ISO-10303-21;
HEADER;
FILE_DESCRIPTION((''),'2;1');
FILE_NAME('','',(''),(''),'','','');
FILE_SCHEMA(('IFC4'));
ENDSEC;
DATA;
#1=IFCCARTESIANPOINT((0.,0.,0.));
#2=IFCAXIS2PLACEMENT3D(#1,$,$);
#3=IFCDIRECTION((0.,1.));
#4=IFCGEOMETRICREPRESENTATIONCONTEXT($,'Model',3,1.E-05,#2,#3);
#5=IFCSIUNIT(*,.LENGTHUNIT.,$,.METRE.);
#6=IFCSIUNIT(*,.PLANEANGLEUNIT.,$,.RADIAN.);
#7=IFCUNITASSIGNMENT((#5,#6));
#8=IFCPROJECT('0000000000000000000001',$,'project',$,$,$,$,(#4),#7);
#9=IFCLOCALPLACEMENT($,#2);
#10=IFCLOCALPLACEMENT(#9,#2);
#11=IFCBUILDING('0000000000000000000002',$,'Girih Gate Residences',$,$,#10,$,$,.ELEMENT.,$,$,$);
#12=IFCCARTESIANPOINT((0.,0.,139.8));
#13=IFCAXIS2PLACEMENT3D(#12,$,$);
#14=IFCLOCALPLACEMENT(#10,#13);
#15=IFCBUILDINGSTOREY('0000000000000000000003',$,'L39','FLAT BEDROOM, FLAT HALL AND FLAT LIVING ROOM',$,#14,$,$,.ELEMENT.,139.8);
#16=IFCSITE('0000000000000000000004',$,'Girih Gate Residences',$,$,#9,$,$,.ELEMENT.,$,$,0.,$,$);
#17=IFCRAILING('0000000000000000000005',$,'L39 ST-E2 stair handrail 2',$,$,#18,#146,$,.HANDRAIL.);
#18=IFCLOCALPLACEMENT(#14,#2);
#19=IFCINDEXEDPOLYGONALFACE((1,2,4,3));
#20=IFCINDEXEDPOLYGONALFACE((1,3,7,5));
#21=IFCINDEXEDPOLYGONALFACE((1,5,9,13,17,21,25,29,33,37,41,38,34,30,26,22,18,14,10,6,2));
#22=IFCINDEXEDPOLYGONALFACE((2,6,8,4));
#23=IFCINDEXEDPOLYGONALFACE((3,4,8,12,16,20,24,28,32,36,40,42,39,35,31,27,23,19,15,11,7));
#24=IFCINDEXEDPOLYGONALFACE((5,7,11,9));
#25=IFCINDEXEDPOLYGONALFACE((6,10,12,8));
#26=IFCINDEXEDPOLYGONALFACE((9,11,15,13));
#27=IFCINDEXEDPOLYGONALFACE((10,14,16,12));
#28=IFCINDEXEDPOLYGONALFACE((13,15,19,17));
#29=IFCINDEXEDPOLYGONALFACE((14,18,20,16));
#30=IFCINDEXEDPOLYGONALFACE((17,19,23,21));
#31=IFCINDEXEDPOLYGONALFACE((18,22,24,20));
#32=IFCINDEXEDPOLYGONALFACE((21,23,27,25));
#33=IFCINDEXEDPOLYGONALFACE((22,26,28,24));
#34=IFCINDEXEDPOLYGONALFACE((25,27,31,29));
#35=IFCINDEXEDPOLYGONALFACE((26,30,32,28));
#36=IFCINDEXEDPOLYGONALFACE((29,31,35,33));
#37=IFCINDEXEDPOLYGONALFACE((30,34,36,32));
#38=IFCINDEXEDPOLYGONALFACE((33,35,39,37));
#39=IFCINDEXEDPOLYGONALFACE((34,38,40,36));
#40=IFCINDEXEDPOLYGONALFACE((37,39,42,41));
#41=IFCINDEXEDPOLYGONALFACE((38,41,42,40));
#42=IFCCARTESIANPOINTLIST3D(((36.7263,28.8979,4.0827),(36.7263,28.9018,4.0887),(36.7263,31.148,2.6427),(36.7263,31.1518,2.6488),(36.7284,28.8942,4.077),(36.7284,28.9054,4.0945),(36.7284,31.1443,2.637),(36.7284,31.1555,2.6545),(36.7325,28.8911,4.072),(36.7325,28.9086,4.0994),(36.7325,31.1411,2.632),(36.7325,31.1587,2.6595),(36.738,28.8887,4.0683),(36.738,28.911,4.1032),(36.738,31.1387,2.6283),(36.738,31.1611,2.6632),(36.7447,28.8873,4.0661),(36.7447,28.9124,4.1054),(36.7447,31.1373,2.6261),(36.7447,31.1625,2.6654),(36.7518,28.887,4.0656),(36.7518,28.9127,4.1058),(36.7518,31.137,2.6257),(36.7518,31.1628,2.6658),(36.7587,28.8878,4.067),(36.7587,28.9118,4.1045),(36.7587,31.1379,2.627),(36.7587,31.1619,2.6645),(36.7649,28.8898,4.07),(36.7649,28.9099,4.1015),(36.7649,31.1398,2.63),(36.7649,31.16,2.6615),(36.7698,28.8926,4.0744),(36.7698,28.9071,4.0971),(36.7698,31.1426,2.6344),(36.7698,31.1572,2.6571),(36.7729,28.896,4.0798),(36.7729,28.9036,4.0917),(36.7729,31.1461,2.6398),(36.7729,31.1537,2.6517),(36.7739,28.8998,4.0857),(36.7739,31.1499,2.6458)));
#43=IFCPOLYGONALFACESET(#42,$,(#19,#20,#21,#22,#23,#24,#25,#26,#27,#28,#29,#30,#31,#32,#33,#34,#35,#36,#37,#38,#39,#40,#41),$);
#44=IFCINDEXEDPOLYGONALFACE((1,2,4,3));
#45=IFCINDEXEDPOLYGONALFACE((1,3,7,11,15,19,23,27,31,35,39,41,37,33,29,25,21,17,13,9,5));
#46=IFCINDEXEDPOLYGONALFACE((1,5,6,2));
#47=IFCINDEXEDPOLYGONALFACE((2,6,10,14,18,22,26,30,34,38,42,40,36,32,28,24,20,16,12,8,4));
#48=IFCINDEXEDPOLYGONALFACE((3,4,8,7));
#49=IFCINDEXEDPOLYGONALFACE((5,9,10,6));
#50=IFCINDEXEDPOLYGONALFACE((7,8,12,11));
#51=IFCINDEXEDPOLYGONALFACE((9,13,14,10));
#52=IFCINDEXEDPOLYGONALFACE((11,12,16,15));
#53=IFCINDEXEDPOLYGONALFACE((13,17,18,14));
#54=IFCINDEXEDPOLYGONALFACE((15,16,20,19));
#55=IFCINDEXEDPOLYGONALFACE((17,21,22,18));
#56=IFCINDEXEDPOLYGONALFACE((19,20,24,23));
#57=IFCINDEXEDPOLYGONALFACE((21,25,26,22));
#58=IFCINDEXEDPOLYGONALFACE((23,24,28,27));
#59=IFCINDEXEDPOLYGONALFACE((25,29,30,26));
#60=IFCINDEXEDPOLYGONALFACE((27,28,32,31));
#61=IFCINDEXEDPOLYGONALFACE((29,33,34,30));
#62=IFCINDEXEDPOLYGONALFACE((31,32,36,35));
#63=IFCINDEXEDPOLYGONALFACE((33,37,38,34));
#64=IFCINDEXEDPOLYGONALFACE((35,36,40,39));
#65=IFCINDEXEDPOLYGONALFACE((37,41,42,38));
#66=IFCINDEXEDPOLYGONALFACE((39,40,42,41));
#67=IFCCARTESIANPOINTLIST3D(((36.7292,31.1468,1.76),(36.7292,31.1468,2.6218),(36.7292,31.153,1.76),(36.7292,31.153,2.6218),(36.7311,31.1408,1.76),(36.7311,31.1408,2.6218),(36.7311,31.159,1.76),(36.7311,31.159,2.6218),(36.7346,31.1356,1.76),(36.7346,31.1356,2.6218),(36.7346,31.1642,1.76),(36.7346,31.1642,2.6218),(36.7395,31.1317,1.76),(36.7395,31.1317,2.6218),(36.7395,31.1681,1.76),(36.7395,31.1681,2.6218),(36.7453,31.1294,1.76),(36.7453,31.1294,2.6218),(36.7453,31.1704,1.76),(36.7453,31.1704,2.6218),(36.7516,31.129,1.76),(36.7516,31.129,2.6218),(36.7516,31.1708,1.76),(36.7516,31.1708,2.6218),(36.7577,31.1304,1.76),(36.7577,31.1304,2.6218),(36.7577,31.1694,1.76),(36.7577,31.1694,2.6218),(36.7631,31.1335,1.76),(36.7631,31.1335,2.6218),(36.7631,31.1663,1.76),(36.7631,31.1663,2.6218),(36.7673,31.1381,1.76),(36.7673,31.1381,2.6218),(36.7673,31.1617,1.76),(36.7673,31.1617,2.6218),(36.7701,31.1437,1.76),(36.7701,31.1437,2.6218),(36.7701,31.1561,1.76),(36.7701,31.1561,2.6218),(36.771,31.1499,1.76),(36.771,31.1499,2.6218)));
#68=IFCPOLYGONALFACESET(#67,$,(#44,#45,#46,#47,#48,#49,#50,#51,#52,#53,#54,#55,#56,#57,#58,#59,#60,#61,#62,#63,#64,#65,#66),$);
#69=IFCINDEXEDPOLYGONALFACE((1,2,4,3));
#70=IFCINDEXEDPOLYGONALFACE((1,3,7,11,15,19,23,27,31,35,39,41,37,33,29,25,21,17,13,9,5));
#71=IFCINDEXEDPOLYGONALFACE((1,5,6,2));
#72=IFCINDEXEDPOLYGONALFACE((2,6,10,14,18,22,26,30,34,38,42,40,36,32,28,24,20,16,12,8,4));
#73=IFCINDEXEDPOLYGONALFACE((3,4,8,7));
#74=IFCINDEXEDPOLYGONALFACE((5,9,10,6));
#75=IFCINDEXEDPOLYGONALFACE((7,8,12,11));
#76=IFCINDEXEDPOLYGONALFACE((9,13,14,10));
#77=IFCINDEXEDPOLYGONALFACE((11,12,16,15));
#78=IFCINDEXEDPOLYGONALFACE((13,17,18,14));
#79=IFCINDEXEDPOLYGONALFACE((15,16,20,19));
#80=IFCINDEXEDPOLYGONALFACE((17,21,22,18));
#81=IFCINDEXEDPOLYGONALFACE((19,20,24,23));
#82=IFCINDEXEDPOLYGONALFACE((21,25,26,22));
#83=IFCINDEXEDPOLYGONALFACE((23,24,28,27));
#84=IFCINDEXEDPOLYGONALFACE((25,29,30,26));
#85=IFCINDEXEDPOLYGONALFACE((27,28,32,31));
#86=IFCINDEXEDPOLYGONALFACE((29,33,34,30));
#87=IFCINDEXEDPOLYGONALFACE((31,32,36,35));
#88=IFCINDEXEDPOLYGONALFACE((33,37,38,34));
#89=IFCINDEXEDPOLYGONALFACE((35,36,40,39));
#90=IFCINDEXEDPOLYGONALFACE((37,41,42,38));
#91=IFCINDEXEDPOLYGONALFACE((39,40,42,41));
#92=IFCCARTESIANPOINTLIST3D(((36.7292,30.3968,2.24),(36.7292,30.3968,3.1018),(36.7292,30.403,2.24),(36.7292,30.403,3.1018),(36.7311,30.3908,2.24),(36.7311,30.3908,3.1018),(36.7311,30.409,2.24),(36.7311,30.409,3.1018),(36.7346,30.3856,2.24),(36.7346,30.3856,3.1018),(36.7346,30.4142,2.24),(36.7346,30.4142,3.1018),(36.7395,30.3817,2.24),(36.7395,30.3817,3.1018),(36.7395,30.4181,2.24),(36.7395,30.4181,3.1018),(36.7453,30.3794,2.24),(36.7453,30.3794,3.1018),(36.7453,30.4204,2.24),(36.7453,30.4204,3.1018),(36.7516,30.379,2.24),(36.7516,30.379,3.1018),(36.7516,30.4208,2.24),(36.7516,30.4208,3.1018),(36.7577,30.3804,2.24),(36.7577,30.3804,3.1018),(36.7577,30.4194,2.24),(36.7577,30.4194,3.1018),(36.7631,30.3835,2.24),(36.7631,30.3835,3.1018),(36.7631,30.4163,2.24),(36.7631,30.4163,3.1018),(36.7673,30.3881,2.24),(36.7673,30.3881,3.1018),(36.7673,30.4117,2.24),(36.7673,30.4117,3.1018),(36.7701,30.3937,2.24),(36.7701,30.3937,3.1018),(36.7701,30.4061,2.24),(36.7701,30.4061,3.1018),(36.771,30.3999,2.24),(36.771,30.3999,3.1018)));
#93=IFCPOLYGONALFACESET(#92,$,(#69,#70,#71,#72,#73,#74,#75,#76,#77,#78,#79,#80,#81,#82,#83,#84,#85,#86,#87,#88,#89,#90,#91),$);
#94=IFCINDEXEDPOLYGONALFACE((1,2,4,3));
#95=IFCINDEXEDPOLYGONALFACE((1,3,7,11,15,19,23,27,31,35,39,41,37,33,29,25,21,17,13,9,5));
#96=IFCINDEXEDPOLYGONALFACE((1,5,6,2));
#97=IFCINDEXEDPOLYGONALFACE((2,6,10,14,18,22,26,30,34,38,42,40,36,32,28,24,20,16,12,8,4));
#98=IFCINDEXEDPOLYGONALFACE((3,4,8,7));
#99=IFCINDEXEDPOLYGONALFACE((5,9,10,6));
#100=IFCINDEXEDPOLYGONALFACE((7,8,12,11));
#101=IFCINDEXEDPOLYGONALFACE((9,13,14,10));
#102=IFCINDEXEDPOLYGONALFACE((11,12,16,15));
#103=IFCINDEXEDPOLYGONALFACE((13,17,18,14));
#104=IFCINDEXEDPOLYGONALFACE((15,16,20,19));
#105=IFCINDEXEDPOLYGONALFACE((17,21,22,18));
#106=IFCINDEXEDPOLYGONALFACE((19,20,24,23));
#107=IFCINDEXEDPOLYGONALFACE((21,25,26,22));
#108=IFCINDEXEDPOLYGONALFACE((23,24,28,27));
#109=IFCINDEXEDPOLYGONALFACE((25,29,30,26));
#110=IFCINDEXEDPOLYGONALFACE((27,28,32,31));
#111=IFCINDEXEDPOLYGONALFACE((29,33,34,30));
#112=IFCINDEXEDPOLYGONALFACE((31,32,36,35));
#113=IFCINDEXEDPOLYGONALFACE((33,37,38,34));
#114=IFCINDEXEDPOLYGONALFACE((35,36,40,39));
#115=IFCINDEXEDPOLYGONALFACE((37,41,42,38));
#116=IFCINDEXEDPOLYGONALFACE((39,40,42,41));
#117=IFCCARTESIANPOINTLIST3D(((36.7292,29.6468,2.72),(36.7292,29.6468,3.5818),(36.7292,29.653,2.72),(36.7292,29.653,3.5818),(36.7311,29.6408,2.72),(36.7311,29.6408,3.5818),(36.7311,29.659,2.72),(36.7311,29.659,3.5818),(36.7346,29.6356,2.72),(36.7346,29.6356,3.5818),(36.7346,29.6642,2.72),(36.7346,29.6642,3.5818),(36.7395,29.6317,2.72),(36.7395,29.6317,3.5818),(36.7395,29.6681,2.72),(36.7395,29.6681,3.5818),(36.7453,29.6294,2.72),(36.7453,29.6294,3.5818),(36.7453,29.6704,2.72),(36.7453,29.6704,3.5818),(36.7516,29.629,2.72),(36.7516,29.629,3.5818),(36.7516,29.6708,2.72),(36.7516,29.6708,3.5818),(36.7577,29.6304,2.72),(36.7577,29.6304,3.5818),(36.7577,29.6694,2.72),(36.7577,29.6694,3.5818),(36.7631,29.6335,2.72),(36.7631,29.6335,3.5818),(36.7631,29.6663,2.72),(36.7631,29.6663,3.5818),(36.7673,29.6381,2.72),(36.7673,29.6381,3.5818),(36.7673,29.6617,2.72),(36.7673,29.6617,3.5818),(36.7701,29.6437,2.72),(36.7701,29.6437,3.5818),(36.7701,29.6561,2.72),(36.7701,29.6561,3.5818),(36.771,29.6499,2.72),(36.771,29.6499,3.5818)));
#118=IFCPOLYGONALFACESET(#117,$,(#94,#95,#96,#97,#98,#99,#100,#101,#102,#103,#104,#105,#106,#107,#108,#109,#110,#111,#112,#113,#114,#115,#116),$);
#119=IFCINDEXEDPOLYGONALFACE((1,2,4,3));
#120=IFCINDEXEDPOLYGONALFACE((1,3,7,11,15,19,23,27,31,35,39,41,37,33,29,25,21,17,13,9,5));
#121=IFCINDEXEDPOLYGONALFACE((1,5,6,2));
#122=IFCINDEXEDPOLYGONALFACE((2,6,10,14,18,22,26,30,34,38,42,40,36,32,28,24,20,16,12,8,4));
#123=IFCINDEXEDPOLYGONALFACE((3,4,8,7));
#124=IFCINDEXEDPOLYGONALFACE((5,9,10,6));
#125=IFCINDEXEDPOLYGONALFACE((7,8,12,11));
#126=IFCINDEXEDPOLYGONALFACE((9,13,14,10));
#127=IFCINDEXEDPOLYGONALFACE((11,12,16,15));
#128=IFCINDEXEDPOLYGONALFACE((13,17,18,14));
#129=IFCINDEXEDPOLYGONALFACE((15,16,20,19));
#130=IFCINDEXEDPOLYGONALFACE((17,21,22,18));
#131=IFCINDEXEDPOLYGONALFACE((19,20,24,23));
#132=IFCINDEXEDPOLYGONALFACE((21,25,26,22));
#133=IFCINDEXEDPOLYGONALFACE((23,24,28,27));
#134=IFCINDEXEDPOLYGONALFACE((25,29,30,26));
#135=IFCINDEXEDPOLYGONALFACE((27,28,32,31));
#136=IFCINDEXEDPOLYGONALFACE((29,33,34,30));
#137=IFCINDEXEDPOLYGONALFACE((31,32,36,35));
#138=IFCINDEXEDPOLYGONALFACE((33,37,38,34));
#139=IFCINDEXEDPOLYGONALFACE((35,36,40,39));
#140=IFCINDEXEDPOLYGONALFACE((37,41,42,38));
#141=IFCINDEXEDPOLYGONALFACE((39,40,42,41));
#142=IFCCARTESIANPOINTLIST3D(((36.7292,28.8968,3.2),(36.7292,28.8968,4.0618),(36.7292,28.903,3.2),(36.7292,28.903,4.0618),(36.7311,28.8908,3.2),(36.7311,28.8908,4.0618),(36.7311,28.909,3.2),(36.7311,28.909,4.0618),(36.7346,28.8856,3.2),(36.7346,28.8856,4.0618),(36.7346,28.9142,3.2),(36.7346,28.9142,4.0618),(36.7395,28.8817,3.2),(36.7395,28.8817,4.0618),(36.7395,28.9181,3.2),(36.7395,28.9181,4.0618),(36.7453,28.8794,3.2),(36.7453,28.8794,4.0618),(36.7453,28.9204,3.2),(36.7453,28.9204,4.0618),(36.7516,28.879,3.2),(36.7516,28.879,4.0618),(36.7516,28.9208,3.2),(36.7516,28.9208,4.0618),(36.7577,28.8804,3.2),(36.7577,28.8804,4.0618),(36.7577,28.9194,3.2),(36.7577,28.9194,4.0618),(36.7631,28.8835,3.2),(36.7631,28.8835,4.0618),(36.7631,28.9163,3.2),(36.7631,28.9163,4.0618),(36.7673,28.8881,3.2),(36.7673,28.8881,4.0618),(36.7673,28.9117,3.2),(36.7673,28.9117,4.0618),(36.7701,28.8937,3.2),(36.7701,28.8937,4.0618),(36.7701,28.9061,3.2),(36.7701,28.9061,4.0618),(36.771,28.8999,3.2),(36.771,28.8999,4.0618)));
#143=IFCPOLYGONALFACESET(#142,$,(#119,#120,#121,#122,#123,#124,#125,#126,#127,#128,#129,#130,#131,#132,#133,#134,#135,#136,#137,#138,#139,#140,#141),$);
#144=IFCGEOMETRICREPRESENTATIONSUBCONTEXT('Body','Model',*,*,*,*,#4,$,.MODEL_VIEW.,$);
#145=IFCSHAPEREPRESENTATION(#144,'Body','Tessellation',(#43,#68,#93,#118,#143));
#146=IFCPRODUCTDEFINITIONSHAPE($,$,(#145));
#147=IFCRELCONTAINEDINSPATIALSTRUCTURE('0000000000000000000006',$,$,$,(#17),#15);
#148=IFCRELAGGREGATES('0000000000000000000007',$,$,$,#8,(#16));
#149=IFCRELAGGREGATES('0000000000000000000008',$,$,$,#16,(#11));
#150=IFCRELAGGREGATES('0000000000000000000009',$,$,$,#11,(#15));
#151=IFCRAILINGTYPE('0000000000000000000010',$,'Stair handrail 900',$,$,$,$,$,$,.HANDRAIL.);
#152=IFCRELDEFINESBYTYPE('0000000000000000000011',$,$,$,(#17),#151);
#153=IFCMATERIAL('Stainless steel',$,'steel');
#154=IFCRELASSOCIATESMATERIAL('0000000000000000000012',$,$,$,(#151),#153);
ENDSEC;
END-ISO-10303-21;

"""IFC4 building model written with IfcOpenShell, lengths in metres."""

from ifc_helpers import new_model, si_unit, direction, frame, origin, origin_2d, place, context, subcontext, project, spatial, circle, extrude, material, type_object, element, save


model = new_model("IFC4")

# Units and contexts
model_context = context("Model", 3, precision=1e-05, world=origin(), true_north=direction((0.0, 1.0)))
body_context = subcontext(model_context, "Body", "Model", "MODEL_VIEW")
ifc_project = project(units=[si_unit("LENGTHUNIT", "METRE"), si_unit("PLANEANGLEUNIT", "RADIAN")], contexts=[model_context])

# Site, building, storey
site_placement = place(None, origin())
site = spatial("IfcSite", under=ifc_project, at=site_placement, Name="Girih Gate Residences", CompositionType="ELEMENT", RefElevation=0.0)
building_placement = place(site_placement, origin())
building = spatial("IfcBuilding", under=site, at=building_placement, Name="Girih Gate Residences", CompositionType="ELEMENT")
storey_placement = place(building_placement, frame((0.0, 0.0, 139.8)))
storey = spatial("IfcBuildingStorey", under=building, at=storey_placement, Name="L39", Description="FLAT BEDROOM, FLAT HALL AND FLAT LIVING ROOM", CompositionType="ELEMENT", Elevation=139.8)

# Railing
ifc_material_1 = material(Name="Stainless steel", Category="steel")
railing_type_1 = type_object("IfcRailingType", Name="Stair handrail 900", PredefinedType="HANDRAIL", material=ifc_material_1)
railing_1_placement = place(storey_placement, frame((36.75, 31.1499, 1.76)))
element("IfcRailing", 1, at=railing_1_placement, inside=storey, type_object=railing_type_1, Name="L39 ST-E2 stair handrail 2", PredefinedType="HANDRAIL", context=body_context, shape_type="SweptSolid", body=[
    extrude(circle(Radius=0.0239, at=origin_2d()), frame((0.0, 0.0, 0.8857), z_axis=(0.0, -0.842281, 0.539038), x_axis=(1.0, 0.0, 0.0)), (0.0, 0.0, 1.0), 2.6714),
    extrude(circle(Radius=0.021, at=origin_2d()), origin(), (0.0, 0.0, 1.0), 0.8618),
    extrude(circle(Radius=0.021, at=origin_2d()), frame((0.0, -0.75, 0.48)), (0.0, 0.0, 1.0), 0.8618),
    extrude(circle(Radius=0.021, at=origin_2d()), frame((0.0, -1.5, 0.96)), (0.0, 0.0, 1.0), 0.8618),
    extrude(circle(Radius=0.021, at=origin_2d()), frame((0.0, -2.25, 1.4399)), (0.0, 0.0, 1.0), 0.8618),
])

save(model, "model.ifc")
